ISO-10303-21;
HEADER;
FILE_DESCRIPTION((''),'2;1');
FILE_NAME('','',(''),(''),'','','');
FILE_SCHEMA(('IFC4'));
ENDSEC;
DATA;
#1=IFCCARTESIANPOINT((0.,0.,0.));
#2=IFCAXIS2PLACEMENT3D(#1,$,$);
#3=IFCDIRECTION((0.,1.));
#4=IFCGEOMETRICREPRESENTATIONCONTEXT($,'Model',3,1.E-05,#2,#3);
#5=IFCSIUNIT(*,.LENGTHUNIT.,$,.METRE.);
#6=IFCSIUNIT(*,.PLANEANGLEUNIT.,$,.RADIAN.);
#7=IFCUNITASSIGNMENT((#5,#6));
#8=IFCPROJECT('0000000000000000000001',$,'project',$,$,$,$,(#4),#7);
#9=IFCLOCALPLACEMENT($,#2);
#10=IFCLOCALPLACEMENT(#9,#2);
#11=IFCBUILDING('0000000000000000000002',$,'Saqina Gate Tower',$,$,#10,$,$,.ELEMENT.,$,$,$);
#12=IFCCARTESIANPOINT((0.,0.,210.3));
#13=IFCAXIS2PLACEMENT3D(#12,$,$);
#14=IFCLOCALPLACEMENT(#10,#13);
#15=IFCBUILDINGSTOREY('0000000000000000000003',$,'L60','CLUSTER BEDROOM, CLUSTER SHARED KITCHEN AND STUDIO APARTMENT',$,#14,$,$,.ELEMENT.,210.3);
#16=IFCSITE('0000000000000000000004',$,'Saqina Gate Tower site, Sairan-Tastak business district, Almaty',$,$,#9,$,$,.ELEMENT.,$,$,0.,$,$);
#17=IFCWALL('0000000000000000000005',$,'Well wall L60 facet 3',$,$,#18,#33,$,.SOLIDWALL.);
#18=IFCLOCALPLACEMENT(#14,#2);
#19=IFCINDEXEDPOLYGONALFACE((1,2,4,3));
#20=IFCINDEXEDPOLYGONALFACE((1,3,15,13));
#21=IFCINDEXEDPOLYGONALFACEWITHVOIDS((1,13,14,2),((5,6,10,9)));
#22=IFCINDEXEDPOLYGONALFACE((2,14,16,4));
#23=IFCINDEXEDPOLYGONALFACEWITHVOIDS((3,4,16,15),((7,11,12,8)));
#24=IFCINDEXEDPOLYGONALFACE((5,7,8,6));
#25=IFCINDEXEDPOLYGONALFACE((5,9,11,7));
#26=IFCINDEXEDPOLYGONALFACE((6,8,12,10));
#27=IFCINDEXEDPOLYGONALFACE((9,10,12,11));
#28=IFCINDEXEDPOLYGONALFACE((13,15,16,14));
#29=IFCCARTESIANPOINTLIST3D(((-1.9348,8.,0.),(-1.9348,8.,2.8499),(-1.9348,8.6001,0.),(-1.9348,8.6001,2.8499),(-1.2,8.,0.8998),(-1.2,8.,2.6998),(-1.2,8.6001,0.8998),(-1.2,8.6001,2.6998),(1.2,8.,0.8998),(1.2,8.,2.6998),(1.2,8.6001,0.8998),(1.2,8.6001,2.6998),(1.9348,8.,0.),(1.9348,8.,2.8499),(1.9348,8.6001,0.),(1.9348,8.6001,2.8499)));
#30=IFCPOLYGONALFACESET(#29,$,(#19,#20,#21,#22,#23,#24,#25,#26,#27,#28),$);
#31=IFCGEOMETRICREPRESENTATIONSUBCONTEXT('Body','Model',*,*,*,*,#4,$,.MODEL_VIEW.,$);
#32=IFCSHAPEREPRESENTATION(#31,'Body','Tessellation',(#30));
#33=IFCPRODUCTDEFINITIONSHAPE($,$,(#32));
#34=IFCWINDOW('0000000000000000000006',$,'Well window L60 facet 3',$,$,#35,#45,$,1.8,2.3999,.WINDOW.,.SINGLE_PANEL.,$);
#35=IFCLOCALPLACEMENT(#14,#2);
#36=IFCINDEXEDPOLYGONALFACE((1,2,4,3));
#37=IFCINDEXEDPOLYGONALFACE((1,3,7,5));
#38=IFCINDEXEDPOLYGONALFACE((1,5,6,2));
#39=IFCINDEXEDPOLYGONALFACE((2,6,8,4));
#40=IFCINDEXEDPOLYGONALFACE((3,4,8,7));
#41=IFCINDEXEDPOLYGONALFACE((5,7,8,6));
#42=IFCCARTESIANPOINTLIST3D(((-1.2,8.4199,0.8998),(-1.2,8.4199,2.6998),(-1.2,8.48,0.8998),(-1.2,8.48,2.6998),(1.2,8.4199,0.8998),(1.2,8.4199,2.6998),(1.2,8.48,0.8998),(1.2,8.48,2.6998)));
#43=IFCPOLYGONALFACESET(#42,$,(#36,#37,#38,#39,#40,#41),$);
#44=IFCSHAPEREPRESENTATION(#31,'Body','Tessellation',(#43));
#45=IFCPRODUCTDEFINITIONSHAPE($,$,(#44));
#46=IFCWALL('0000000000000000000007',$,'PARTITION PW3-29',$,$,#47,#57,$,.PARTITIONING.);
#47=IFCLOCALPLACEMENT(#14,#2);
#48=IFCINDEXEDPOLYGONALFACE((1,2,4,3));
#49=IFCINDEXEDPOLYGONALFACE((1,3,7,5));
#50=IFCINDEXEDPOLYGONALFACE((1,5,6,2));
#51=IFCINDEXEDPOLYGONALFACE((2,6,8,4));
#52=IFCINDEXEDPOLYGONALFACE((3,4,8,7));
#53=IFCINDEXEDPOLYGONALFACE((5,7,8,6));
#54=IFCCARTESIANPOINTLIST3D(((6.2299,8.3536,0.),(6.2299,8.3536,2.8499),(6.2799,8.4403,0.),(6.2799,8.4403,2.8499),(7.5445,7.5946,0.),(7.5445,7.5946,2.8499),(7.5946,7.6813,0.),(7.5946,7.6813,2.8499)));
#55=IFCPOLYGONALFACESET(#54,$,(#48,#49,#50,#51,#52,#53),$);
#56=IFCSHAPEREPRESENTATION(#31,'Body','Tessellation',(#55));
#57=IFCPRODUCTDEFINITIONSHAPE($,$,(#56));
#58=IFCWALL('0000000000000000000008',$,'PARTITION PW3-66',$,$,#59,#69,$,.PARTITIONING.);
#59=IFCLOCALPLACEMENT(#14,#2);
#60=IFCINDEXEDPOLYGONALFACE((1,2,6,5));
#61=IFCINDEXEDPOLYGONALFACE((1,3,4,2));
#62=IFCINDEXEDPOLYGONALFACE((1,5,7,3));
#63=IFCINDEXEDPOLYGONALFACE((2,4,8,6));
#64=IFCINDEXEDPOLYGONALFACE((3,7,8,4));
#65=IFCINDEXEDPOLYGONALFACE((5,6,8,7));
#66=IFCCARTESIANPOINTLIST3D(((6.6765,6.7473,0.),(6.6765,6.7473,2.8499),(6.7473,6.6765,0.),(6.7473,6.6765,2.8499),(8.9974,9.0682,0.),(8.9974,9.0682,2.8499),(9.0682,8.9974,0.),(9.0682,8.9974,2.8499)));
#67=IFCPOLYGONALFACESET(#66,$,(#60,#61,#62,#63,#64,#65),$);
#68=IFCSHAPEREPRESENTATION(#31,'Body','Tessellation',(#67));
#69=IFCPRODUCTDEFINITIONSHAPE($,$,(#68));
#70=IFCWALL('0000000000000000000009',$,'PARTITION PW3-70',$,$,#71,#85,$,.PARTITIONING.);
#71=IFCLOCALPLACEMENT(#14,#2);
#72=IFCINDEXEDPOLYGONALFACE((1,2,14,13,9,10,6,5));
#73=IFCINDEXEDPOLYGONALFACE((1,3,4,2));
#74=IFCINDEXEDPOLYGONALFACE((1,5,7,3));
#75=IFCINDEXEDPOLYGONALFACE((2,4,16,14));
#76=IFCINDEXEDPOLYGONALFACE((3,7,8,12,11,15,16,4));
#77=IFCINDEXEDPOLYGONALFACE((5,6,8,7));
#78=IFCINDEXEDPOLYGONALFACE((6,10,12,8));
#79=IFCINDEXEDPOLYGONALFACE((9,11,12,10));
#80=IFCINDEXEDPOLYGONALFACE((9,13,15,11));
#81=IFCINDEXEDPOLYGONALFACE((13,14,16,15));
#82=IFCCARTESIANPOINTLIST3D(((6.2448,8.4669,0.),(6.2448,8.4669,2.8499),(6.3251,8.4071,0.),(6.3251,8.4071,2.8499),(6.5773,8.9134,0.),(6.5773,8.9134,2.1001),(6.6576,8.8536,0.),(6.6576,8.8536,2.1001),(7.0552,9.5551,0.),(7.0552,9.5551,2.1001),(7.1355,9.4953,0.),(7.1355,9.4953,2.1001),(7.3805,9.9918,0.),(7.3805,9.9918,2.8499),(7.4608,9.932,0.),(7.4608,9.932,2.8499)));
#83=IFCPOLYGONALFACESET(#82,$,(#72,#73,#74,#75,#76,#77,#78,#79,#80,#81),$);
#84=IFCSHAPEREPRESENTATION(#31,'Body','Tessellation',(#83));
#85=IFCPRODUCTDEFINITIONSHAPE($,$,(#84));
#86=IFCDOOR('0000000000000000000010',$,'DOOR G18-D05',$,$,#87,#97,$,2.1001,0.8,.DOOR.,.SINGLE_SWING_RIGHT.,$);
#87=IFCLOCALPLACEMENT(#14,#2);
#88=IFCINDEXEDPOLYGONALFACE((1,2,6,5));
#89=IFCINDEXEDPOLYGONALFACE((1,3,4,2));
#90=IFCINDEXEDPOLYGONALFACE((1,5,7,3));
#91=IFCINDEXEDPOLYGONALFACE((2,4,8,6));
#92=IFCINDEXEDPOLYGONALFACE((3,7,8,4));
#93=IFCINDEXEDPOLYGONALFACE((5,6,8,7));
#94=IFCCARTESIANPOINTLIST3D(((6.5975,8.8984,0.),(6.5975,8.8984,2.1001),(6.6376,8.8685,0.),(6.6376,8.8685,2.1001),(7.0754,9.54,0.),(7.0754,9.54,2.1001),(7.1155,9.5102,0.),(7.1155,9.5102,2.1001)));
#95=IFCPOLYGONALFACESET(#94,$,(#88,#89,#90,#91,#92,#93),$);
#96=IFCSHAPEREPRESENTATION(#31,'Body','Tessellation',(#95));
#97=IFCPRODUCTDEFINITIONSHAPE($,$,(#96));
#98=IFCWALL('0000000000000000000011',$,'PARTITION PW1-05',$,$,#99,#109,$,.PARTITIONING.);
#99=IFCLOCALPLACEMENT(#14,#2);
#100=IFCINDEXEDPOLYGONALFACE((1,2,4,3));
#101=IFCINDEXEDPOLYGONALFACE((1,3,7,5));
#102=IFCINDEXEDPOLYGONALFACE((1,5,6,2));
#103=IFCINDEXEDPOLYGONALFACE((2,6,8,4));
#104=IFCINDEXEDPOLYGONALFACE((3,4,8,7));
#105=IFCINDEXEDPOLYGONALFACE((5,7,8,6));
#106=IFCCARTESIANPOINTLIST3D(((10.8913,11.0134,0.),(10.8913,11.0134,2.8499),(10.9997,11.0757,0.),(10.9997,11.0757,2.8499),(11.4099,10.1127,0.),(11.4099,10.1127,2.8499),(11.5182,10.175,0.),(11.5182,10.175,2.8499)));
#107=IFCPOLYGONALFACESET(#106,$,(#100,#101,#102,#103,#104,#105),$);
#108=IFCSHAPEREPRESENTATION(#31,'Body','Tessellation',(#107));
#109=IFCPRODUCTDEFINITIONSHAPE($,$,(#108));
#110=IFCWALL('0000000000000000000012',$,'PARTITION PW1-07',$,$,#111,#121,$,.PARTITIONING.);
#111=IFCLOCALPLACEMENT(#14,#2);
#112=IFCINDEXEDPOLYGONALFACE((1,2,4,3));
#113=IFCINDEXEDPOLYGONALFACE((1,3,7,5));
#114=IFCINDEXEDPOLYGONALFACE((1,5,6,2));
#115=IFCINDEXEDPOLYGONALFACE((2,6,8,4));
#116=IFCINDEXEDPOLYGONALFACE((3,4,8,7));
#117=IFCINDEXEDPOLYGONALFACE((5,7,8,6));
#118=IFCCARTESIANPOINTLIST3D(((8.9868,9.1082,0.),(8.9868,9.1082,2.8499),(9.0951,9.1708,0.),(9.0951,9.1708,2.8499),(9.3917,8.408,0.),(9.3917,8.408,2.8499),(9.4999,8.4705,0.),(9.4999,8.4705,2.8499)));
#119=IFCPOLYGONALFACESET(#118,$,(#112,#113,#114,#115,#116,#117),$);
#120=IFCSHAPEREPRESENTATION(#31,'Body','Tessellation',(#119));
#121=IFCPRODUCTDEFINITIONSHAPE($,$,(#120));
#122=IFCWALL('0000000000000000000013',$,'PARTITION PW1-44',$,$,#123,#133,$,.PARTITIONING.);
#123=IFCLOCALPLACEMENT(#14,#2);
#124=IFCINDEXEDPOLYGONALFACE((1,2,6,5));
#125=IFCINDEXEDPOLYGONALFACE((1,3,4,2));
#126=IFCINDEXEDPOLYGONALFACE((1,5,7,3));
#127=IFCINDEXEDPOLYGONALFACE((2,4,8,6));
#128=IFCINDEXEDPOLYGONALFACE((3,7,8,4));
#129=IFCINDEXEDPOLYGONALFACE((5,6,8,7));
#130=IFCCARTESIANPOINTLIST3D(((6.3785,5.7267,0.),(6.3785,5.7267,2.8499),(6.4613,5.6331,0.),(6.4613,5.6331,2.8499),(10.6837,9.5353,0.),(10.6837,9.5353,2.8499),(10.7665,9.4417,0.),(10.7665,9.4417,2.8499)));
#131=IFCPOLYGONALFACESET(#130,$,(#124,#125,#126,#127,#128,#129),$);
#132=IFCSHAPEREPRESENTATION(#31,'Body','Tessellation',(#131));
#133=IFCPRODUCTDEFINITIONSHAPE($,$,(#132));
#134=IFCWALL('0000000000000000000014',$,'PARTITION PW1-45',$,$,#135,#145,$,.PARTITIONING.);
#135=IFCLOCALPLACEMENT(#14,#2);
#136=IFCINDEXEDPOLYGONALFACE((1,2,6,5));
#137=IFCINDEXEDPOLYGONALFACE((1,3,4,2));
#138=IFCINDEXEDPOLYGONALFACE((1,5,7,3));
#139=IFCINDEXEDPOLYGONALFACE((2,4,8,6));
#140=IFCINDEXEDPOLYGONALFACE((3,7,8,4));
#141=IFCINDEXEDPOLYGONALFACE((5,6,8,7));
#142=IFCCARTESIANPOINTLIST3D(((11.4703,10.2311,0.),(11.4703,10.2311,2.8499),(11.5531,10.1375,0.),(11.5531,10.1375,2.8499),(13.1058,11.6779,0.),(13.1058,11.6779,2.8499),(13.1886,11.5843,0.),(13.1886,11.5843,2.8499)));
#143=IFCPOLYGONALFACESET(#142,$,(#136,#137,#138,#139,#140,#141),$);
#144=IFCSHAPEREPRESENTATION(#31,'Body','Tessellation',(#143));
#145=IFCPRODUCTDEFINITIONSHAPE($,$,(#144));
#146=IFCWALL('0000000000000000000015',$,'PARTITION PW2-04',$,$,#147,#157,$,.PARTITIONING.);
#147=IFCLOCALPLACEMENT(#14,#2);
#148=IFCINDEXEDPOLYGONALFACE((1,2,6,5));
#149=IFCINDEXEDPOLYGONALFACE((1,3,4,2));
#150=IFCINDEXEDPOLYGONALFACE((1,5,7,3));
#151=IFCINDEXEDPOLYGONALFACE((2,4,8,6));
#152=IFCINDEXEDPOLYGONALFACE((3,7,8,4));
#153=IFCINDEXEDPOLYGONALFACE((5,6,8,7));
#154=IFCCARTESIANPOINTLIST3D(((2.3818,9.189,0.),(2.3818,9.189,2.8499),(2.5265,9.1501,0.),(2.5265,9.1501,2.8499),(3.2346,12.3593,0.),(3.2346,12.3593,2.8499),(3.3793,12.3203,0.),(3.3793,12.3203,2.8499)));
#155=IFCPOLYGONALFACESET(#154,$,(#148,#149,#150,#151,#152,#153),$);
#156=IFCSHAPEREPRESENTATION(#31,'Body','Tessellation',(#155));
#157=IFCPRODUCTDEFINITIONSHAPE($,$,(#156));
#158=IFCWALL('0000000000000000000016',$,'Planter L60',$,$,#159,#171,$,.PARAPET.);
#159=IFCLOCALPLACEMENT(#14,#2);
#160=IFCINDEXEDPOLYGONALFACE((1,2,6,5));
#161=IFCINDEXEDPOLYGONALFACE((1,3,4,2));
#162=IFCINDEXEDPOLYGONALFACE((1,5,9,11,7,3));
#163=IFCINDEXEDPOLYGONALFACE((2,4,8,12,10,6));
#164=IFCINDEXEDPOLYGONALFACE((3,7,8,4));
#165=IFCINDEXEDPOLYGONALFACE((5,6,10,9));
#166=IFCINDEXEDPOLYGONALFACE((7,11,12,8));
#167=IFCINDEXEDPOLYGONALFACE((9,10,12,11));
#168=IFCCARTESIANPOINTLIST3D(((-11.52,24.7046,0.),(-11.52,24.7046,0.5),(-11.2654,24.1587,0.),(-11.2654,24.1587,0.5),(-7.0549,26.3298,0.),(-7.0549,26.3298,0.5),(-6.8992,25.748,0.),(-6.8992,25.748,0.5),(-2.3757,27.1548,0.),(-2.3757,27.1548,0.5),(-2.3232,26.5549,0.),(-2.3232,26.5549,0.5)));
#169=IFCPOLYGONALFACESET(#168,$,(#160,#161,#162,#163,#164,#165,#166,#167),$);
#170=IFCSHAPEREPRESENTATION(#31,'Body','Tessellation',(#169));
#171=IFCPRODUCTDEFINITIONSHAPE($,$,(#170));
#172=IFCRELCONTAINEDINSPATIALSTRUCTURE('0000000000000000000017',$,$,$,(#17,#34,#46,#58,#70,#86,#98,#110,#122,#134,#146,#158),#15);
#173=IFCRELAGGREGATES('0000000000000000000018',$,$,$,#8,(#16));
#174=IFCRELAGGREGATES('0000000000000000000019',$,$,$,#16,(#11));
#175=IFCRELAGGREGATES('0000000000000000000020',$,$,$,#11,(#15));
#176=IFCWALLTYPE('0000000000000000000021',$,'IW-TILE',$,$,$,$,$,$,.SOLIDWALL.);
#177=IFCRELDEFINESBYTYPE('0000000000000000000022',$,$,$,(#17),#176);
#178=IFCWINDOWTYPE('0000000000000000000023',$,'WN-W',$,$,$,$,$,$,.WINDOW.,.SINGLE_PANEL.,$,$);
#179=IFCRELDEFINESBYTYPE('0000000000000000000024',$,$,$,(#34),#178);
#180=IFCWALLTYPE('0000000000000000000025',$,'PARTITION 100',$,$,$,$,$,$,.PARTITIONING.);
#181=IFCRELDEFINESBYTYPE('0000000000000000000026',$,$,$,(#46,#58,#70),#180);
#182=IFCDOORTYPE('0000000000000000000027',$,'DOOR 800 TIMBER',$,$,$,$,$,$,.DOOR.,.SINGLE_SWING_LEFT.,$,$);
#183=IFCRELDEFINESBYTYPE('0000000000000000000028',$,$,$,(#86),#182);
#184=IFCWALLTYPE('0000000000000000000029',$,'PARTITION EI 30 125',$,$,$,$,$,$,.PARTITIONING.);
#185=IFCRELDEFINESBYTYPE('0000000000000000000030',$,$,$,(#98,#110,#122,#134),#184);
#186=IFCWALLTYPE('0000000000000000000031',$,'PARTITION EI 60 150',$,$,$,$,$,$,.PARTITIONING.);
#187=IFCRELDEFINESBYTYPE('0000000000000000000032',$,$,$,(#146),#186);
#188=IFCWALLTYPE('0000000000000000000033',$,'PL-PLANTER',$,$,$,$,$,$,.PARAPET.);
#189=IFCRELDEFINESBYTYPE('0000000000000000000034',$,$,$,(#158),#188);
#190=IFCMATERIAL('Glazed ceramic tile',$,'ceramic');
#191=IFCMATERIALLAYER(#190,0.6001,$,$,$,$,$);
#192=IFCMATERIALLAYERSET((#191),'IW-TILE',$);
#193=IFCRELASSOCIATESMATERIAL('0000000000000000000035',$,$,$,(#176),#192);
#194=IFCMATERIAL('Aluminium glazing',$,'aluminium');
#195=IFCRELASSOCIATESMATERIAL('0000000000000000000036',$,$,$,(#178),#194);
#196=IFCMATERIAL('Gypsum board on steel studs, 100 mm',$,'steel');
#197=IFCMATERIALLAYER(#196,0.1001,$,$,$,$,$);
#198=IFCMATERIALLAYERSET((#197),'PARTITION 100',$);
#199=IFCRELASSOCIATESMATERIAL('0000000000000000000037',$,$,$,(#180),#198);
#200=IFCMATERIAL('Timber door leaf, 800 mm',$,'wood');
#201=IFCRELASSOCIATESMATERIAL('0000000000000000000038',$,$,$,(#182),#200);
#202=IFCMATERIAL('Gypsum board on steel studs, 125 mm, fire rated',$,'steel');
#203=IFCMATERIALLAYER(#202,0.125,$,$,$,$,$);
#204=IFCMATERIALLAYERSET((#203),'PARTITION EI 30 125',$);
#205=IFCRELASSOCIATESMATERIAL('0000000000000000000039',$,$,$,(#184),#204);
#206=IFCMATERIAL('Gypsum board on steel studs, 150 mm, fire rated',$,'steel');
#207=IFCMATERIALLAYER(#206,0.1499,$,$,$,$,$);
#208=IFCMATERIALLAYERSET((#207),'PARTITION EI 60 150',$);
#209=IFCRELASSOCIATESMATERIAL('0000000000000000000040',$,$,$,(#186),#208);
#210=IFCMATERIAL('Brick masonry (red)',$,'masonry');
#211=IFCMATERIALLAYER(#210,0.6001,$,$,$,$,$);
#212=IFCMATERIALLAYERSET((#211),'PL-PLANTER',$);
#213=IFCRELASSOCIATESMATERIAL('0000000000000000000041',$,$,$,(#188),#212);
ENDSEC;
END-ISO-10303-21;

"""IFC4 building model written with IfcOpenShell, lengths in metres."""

from ifc_helpers import new_model, si_unit, direction, frame, frame_2d, origin, place, context, subcontext, project, spatial, polyline, rectangle, outline, extrude, material, layer, layer_set, type_object, element, fill, save


model = new_model("IFC4")

# Units and contexts
model_context = context("Model", 3, precision=1e-05, world=origin(), true_north=direction((0.0, 1.0)))
body_context = subcontext(model_context, "Body", "Model", "MODEL_VIEW")
ifc_project = project(units=[si_unit("LENGTHUNIT", "METRE"), si_unit("PLANEANGLEUNIT", "RADIAN")], contexts=[model_context])

# Site, building, storey
site_placement = place(None, origin())
site = spatial("IfcSite", under=ifc_project, at=site_placement, Name="Saqina Gate Tower site, Sairan-Tastak business district, Almaty", CompositionType="ELEMENT", RefElevation=0.0)
building_placement = place(site_placement, origin())
building = spatial("IfcBuilding", under=site, at=building_placement, Name="Saqina Gate Tower", CompositionType="ELEMENT")
storey_placement = place(building_placement, frame((0.0, 0.0, 210.3)))
storey = spatial("IfcBuildingStorey", under=building, at=storey_placement, Name="L60", Description="CLUSTER BEDROOM, CLUSTER SHARED KITCHEN AND STUDIO APARTMENT", CompositionType="ELEMENT", Elevation=210.3)

# Wall, opening, window
ifc_material_1 = material(Name="Glazed ceramic tile", Category="ceramic")
ifc_layer_1 = layer(ifc_material_1, 0.6001)
ifc_layer_set_1 = layer_set([ifc_layer_1], Name="IW-TILE")
wall_type_1 = type_object("IfcWallType", Name="IW-TILE", PredefinedType="SOLIDWALL", material=ifc_layer_set_1)
ifc_material_2 = material(Name="Aluminium glazing", Category="aluminium")
window_type = type_object("IfcWindowType", Name="WN-W", PartitioningType="SINGLE_PANEL", PredefinedType="WINDOW", material=ifc_material_2)
wall_1_placement = place(storey_placement, frame((1.9348, 8.3, 0.0), z_axis=(0.0, 0.0, 1.0), x_axis=(-1.0, 0.0, 0.0)))
wall_1 = element("IfcWall", 1, at=wall_1_placement, inside=storey, type_object=wall_type_1, Name="Well wall L60 facet 3", PredefinedType="SOLIDWALL", context=body_context, shape_type="SweptSolid", body=[
    extrude(rectangle(XDim=3.8696, YDim=0.6001, at=frame_2d((1.9348, 0.0))), origin(), (0.0, 0.0, 1.0), 2.8499),
])
opening_1_placement = place(wall_1_placement, frame((0.7349, 0.0, 0.8999)))
opening_1 = element("IfcOpeningElement", 2, at=opening_1_placement, cuts=wall_1, PredefinedType="OPENING", context=body_context, shape_type="SweptSolid", body=[
    extrude(rectangle(XDim=2.3999, YDim=1.8, at=frame_2d((1.2, 0.8999))), frame((0.0, 0.312, 0.0), z_axis=(0.0, -1.0, 0.0), x_axis=(1.0, 0.0, 0.0)), (0.0, 0.0, 1.0), 0.624),
])
window_1_placement = place(opening_1_placement, origin())
window_1 = element("IfcWindow", 3, at=window_1_placement, inside=storey, type_object=window_type, Name="Well window L60 facet 3", OverallHeight=1.8, OverallWidth=2.3999, PartitioningType="SINGLE_PANEL", PredefinedType="WINDOW", context=body_context, shape_type="SweptSolid", body=[
    extrude(rectangle(XDim=2.3999, YDim=1.8, at=frame_2d((1.2, 0.8999))), frame((0.0, -0.1199, 0.0), z_axis=(0.0, -1.0, 0.0), x_axis=(1.0, 0.0, 0.0)), (0.0, 0.0, 1.0), 0.0601),
])
fill(opening_1, window_1)

# Walls
ifc_material_3 = material(Name="Gypsum board on steel studs, 100 mm", Category="steel")
ifc_layer_2 = layer(ifc_material_3, 0.1001)
ifc_layer_set_2 = layer_set([ifc_layer_2], Name="PARTITION 100")
wall_type_2 = type_object("IfcWallType", Name="PARTITION 100", PredefinedType="PARTITIONING", material=ifc_layer_set_2)
wall_2_placement = place(storey_placement, frame((6.2549, 8.397, 0.0), z_axis=(0.0, 0.0, 1.0), x_axis=(0.866028, -0.499996, 0.0)))
element("IfcWall", 4, at=wall_2_placement, inside=storey, type_object=wall_type_2, Name="PARTITION PW3-29", PredefinedType="PARTITIONING", context=body_context, shape_type="SweptSolid", body=[
    extrude(rectangle(XDim=1.5181, YDim=0.1001, at=frame_2d((0.759, 0.0))), origin(), (0.0, 0.0, 1.0), 2.8499),
])
wall_3_placement = place(storey_placement, frame((6.7119, 6.7119, 0.0), z_axis=(0.0, 0.0, 1.0), x_axis=(0.707107, 0.707107, 0.0)))
element("IfcWall", 5, at=wall_3_placement, inside=storey, type_object=wall_type_2, Name="PARTITION PW3-66", PredefinedType="PARTITIONING", context=body_context, shape_type="SweptSolid", body=[
    extrude(rectangle(XDim=3.2822, YDim=0.1001, at=frame_2d((1.6411, 0.0))), origin(), (0.0, 0.0, 1.0), 2.8499),
])

# Wall, opening, door
wall_4_placement = place(storey_placement, frame((6.2849, 8.437, 0.0), z_axis=(0.0, 0.0, 1.0), x_axis=(0.597326, 0.801999, 0.0)))
wall_4 = element("IfcWall", 6, at=wall_4_placement, inside=storey, type_object=wall_type_2, Name="PARTITION PW3-70", PredefinedType="PARTITIONING", context=body_context, shape_type="SweptSolid", body=[
    extrude(rectangle(XDim=1.9014, YDim=0.1001, at=frame_2d((0.9507, 0.0))), origin(), (0.0, 0.0, 1.0), 2.8499),
])
opening_2_placement = place(wall_4_placement, frame((0.5569, 0.0, 0.0)))
opening_2 = element("IfcOpeningElement", 7, at=opening_2_placement, cuts=wall_4, PredefinedType="OPENING", context=body_context, shape_type="SweptSolid", body=[
    extrude(rectangle(XDim=0.8, YDim=2.1001, at=frame_2d((0.3999, 1.05))), frame((0.0, 0.062, 0.0), z_axis=(0.0, -1.0, 0.0), x_axis=(1.0, 0.0, 0.0)), (0.0, 0.0, 1.0), 0.124),
])
ifc_material_4 = material(Name="Timber door leaf, 800 mm", Category="wood")
door_type = type_object("IfcDoorType", Name="DOOR 800 TIMBER", OperationType="SINGLE_SWING_LEFT", PredefinedType="DOOR", material=ifc_material_4)
door_placement = place(opening_2_placement, origin())
door = element("IfcDoor", 8, at=door_placement, inside=storey, type_object=door_type, Name="DOOR G18-D05", OperationType="SINGLE_SWING_RIGHT", OverallHeight=2.1001, OverallWidth=0.8, PredefinedType="DOOR", context=body_context, shape_type="SweptSolid", body=[
    extrude(rectangle(XDim=0.8, YDim=2.1001, at=frame_2d((0.3999, 1.05))), frame((0.0, 0.0249, 0.0), z_axis=(0.0, -1.0, 0.0), x_axis=(1.0, 0.0, 0.0)), (0.0, 0.0, 1.0), 0.05),
])
fill(opening_2, door)

# Walls
ifc_material_5 = material(Name="Gypsum board on steel studs, 125 mm, fire rated", Category="steel")
ifc_layer_3 = layer(ifc_material_5, 0.125)
ifc_layer_set_3 = layer_set([ifc_layer_3], Name="PARTITION EI 30 125")
wall_type_3 = type_object("IfcWallType", Name="PARTITION EI 30 125", PredefinedType="PARTITIONING", material=ifc_layer_set_3)
wall_5_placement = place(storey_placement, frame((10.9456, 11.0444, 0.0), z_axis=(0.0, 0.0, 1.0), x_axis=(0.49897, -0.866619, 0.0)))
element("IfcWall", 9, at=wall_5_placement, inside=storey, type_object=wall_type_3, Name="PARTITION PW1-05", PredefinedType="PARTITIONING", context=body_context, shape_type="SweptSolid", body=[
    extrude(rectangle(XDim=1.0393, YDim=0.125, at=frame_2d((0.5195, 0.0))), origin(), (0.0, 0.0, 1.0), 2.8499),
])
wall_6_placement = place(storey_placement, frame((9.041, 9.1394, 0.0), z_axis=(0.0, 0.0, 1.0), x_axis=(0.500489, -0.865743, 0.0)))
element("IfcWall", 10, at=wall_6_placement, inside=storey, type_object=wall_type_3, Name="PARTITION PW1-07", PredefinedType="PARTITIONING", context=body_context, shape_type="SweptSolid", body=[
    extrude(rectangle(XDim=0.8088, YDim=0.125, at=frame_2d((0.4043, 0.0))), origin(), (0.0, 0.0, 1.0), 2.8499),
])
wall_7_placement = place(storey_placement, frame((6.4199, 5.6799, 0.0), z_axis=(0.0, 0.0, 1.0), x_axis=(0.748982, 0.66259, 0.0)))
element("IfcWall", 11, at=wall_7_placement, inside=storey, type_object=wall_type_3, Name="PARTITION PW1-44", PredefinedType="PARTITIONING", context=body_context, shape_type="SweptSolid", body=[
    extrude(rectangle(XDim=5.748, YDim=0.125, at=frame_2d((2.874, 0.0))), origin(), (0.0, 0.0, 1.0), 2.8499),
])
wall_8_placement = place(storey_placement, frame((11.5117, 10.1843, 0.0), z_axis=(0.0, 0.0, 1.0), x_axis=(0.748999, 0.662571, 0.0)))
element("IfcWall", 12, at=wall_8_placement, inside=storey, type_object=wall_type_3, Name="PARTITION PW1-45", PredefinedType="PARTITIONING", context=body_context, shape_type="SweptSolid", body=[
    extrude(rectangle(XDim=2.1836, YDim=0.125, at=frame_2d((1.0918, 0.0))), origin(), (0.0, 0.0, 1.0), 2.8499),
])
ifc_material_6 = material(Name="Gypsum board on steel studs, 150 mm, fire rated", Category="steel")
ifc_layer_4 = layer(ifc_material_6, 0.1499)
ifc_layer_set_4 = layer_set([ifc_layer_4], Name="PARTITION EI 60 150")
wall_type_4 = type_object("IfcWallType", Name="PARTITION EI 60 150", PredefinedType="PARTITIONING", material=ifc_layer_set_4)
wall_9_placement = place(storey_placement, frame((2.4541, 9.1694, 0.0), z_axis=(0.0, 0.0, 1.0), x_axis=(0.259768, 0.965671, 0.0)))
element("IfcWall", 13, at=wall_9_placement, inside=storey, type_object=wall_type_4, Name="PARTITION PW2-04", PredefinedType="PARTITIONING", context=body_context, shape_type="SweptSolid", body=[
    extrude(rectangle(XDim=3.283, YDim=0.1499, at=frame_2d((1.6416, 0.0))), origin(), (0.0, 0.0, 1.0), 2.8499),
])
ifc_material_7 = material(Name="Brick masonry (red)", Category="masonry")
ifc_layer_5 = layer(ifc_material_7, 0.6001)
ifc_layer_set_5 = layer_set([ifc_layer_5], Name="PL-PLANTER")
wall_type_5 = type_object("IfcWallType", Name="PL-PLANTER", PredefinedType="PARAPET", material=ifc_layer_set_5)
wall_10_placement = place(storey_placement, origin())
element("IfcWall", 14, at=wall_10_placement, inside=storey, type_object=wall_type_5, Name="Planter L60", PredefinedType="PARAPET", context=body_context, shape_type="SweptSolid", body=[
    extrude(outline(polyline([(-2.3757, 27.1548), (-7.0549, 26.3298), (-11.52, 24.7046), (-11.2654, 24.1587), (-6.8992, 25.748), (-2.3232, 26.5549), (-2.3757, 27.1548)])), origin(), (0.0, 0.0, 1.0), 0.5),
])

save(model, "model.ifc")
